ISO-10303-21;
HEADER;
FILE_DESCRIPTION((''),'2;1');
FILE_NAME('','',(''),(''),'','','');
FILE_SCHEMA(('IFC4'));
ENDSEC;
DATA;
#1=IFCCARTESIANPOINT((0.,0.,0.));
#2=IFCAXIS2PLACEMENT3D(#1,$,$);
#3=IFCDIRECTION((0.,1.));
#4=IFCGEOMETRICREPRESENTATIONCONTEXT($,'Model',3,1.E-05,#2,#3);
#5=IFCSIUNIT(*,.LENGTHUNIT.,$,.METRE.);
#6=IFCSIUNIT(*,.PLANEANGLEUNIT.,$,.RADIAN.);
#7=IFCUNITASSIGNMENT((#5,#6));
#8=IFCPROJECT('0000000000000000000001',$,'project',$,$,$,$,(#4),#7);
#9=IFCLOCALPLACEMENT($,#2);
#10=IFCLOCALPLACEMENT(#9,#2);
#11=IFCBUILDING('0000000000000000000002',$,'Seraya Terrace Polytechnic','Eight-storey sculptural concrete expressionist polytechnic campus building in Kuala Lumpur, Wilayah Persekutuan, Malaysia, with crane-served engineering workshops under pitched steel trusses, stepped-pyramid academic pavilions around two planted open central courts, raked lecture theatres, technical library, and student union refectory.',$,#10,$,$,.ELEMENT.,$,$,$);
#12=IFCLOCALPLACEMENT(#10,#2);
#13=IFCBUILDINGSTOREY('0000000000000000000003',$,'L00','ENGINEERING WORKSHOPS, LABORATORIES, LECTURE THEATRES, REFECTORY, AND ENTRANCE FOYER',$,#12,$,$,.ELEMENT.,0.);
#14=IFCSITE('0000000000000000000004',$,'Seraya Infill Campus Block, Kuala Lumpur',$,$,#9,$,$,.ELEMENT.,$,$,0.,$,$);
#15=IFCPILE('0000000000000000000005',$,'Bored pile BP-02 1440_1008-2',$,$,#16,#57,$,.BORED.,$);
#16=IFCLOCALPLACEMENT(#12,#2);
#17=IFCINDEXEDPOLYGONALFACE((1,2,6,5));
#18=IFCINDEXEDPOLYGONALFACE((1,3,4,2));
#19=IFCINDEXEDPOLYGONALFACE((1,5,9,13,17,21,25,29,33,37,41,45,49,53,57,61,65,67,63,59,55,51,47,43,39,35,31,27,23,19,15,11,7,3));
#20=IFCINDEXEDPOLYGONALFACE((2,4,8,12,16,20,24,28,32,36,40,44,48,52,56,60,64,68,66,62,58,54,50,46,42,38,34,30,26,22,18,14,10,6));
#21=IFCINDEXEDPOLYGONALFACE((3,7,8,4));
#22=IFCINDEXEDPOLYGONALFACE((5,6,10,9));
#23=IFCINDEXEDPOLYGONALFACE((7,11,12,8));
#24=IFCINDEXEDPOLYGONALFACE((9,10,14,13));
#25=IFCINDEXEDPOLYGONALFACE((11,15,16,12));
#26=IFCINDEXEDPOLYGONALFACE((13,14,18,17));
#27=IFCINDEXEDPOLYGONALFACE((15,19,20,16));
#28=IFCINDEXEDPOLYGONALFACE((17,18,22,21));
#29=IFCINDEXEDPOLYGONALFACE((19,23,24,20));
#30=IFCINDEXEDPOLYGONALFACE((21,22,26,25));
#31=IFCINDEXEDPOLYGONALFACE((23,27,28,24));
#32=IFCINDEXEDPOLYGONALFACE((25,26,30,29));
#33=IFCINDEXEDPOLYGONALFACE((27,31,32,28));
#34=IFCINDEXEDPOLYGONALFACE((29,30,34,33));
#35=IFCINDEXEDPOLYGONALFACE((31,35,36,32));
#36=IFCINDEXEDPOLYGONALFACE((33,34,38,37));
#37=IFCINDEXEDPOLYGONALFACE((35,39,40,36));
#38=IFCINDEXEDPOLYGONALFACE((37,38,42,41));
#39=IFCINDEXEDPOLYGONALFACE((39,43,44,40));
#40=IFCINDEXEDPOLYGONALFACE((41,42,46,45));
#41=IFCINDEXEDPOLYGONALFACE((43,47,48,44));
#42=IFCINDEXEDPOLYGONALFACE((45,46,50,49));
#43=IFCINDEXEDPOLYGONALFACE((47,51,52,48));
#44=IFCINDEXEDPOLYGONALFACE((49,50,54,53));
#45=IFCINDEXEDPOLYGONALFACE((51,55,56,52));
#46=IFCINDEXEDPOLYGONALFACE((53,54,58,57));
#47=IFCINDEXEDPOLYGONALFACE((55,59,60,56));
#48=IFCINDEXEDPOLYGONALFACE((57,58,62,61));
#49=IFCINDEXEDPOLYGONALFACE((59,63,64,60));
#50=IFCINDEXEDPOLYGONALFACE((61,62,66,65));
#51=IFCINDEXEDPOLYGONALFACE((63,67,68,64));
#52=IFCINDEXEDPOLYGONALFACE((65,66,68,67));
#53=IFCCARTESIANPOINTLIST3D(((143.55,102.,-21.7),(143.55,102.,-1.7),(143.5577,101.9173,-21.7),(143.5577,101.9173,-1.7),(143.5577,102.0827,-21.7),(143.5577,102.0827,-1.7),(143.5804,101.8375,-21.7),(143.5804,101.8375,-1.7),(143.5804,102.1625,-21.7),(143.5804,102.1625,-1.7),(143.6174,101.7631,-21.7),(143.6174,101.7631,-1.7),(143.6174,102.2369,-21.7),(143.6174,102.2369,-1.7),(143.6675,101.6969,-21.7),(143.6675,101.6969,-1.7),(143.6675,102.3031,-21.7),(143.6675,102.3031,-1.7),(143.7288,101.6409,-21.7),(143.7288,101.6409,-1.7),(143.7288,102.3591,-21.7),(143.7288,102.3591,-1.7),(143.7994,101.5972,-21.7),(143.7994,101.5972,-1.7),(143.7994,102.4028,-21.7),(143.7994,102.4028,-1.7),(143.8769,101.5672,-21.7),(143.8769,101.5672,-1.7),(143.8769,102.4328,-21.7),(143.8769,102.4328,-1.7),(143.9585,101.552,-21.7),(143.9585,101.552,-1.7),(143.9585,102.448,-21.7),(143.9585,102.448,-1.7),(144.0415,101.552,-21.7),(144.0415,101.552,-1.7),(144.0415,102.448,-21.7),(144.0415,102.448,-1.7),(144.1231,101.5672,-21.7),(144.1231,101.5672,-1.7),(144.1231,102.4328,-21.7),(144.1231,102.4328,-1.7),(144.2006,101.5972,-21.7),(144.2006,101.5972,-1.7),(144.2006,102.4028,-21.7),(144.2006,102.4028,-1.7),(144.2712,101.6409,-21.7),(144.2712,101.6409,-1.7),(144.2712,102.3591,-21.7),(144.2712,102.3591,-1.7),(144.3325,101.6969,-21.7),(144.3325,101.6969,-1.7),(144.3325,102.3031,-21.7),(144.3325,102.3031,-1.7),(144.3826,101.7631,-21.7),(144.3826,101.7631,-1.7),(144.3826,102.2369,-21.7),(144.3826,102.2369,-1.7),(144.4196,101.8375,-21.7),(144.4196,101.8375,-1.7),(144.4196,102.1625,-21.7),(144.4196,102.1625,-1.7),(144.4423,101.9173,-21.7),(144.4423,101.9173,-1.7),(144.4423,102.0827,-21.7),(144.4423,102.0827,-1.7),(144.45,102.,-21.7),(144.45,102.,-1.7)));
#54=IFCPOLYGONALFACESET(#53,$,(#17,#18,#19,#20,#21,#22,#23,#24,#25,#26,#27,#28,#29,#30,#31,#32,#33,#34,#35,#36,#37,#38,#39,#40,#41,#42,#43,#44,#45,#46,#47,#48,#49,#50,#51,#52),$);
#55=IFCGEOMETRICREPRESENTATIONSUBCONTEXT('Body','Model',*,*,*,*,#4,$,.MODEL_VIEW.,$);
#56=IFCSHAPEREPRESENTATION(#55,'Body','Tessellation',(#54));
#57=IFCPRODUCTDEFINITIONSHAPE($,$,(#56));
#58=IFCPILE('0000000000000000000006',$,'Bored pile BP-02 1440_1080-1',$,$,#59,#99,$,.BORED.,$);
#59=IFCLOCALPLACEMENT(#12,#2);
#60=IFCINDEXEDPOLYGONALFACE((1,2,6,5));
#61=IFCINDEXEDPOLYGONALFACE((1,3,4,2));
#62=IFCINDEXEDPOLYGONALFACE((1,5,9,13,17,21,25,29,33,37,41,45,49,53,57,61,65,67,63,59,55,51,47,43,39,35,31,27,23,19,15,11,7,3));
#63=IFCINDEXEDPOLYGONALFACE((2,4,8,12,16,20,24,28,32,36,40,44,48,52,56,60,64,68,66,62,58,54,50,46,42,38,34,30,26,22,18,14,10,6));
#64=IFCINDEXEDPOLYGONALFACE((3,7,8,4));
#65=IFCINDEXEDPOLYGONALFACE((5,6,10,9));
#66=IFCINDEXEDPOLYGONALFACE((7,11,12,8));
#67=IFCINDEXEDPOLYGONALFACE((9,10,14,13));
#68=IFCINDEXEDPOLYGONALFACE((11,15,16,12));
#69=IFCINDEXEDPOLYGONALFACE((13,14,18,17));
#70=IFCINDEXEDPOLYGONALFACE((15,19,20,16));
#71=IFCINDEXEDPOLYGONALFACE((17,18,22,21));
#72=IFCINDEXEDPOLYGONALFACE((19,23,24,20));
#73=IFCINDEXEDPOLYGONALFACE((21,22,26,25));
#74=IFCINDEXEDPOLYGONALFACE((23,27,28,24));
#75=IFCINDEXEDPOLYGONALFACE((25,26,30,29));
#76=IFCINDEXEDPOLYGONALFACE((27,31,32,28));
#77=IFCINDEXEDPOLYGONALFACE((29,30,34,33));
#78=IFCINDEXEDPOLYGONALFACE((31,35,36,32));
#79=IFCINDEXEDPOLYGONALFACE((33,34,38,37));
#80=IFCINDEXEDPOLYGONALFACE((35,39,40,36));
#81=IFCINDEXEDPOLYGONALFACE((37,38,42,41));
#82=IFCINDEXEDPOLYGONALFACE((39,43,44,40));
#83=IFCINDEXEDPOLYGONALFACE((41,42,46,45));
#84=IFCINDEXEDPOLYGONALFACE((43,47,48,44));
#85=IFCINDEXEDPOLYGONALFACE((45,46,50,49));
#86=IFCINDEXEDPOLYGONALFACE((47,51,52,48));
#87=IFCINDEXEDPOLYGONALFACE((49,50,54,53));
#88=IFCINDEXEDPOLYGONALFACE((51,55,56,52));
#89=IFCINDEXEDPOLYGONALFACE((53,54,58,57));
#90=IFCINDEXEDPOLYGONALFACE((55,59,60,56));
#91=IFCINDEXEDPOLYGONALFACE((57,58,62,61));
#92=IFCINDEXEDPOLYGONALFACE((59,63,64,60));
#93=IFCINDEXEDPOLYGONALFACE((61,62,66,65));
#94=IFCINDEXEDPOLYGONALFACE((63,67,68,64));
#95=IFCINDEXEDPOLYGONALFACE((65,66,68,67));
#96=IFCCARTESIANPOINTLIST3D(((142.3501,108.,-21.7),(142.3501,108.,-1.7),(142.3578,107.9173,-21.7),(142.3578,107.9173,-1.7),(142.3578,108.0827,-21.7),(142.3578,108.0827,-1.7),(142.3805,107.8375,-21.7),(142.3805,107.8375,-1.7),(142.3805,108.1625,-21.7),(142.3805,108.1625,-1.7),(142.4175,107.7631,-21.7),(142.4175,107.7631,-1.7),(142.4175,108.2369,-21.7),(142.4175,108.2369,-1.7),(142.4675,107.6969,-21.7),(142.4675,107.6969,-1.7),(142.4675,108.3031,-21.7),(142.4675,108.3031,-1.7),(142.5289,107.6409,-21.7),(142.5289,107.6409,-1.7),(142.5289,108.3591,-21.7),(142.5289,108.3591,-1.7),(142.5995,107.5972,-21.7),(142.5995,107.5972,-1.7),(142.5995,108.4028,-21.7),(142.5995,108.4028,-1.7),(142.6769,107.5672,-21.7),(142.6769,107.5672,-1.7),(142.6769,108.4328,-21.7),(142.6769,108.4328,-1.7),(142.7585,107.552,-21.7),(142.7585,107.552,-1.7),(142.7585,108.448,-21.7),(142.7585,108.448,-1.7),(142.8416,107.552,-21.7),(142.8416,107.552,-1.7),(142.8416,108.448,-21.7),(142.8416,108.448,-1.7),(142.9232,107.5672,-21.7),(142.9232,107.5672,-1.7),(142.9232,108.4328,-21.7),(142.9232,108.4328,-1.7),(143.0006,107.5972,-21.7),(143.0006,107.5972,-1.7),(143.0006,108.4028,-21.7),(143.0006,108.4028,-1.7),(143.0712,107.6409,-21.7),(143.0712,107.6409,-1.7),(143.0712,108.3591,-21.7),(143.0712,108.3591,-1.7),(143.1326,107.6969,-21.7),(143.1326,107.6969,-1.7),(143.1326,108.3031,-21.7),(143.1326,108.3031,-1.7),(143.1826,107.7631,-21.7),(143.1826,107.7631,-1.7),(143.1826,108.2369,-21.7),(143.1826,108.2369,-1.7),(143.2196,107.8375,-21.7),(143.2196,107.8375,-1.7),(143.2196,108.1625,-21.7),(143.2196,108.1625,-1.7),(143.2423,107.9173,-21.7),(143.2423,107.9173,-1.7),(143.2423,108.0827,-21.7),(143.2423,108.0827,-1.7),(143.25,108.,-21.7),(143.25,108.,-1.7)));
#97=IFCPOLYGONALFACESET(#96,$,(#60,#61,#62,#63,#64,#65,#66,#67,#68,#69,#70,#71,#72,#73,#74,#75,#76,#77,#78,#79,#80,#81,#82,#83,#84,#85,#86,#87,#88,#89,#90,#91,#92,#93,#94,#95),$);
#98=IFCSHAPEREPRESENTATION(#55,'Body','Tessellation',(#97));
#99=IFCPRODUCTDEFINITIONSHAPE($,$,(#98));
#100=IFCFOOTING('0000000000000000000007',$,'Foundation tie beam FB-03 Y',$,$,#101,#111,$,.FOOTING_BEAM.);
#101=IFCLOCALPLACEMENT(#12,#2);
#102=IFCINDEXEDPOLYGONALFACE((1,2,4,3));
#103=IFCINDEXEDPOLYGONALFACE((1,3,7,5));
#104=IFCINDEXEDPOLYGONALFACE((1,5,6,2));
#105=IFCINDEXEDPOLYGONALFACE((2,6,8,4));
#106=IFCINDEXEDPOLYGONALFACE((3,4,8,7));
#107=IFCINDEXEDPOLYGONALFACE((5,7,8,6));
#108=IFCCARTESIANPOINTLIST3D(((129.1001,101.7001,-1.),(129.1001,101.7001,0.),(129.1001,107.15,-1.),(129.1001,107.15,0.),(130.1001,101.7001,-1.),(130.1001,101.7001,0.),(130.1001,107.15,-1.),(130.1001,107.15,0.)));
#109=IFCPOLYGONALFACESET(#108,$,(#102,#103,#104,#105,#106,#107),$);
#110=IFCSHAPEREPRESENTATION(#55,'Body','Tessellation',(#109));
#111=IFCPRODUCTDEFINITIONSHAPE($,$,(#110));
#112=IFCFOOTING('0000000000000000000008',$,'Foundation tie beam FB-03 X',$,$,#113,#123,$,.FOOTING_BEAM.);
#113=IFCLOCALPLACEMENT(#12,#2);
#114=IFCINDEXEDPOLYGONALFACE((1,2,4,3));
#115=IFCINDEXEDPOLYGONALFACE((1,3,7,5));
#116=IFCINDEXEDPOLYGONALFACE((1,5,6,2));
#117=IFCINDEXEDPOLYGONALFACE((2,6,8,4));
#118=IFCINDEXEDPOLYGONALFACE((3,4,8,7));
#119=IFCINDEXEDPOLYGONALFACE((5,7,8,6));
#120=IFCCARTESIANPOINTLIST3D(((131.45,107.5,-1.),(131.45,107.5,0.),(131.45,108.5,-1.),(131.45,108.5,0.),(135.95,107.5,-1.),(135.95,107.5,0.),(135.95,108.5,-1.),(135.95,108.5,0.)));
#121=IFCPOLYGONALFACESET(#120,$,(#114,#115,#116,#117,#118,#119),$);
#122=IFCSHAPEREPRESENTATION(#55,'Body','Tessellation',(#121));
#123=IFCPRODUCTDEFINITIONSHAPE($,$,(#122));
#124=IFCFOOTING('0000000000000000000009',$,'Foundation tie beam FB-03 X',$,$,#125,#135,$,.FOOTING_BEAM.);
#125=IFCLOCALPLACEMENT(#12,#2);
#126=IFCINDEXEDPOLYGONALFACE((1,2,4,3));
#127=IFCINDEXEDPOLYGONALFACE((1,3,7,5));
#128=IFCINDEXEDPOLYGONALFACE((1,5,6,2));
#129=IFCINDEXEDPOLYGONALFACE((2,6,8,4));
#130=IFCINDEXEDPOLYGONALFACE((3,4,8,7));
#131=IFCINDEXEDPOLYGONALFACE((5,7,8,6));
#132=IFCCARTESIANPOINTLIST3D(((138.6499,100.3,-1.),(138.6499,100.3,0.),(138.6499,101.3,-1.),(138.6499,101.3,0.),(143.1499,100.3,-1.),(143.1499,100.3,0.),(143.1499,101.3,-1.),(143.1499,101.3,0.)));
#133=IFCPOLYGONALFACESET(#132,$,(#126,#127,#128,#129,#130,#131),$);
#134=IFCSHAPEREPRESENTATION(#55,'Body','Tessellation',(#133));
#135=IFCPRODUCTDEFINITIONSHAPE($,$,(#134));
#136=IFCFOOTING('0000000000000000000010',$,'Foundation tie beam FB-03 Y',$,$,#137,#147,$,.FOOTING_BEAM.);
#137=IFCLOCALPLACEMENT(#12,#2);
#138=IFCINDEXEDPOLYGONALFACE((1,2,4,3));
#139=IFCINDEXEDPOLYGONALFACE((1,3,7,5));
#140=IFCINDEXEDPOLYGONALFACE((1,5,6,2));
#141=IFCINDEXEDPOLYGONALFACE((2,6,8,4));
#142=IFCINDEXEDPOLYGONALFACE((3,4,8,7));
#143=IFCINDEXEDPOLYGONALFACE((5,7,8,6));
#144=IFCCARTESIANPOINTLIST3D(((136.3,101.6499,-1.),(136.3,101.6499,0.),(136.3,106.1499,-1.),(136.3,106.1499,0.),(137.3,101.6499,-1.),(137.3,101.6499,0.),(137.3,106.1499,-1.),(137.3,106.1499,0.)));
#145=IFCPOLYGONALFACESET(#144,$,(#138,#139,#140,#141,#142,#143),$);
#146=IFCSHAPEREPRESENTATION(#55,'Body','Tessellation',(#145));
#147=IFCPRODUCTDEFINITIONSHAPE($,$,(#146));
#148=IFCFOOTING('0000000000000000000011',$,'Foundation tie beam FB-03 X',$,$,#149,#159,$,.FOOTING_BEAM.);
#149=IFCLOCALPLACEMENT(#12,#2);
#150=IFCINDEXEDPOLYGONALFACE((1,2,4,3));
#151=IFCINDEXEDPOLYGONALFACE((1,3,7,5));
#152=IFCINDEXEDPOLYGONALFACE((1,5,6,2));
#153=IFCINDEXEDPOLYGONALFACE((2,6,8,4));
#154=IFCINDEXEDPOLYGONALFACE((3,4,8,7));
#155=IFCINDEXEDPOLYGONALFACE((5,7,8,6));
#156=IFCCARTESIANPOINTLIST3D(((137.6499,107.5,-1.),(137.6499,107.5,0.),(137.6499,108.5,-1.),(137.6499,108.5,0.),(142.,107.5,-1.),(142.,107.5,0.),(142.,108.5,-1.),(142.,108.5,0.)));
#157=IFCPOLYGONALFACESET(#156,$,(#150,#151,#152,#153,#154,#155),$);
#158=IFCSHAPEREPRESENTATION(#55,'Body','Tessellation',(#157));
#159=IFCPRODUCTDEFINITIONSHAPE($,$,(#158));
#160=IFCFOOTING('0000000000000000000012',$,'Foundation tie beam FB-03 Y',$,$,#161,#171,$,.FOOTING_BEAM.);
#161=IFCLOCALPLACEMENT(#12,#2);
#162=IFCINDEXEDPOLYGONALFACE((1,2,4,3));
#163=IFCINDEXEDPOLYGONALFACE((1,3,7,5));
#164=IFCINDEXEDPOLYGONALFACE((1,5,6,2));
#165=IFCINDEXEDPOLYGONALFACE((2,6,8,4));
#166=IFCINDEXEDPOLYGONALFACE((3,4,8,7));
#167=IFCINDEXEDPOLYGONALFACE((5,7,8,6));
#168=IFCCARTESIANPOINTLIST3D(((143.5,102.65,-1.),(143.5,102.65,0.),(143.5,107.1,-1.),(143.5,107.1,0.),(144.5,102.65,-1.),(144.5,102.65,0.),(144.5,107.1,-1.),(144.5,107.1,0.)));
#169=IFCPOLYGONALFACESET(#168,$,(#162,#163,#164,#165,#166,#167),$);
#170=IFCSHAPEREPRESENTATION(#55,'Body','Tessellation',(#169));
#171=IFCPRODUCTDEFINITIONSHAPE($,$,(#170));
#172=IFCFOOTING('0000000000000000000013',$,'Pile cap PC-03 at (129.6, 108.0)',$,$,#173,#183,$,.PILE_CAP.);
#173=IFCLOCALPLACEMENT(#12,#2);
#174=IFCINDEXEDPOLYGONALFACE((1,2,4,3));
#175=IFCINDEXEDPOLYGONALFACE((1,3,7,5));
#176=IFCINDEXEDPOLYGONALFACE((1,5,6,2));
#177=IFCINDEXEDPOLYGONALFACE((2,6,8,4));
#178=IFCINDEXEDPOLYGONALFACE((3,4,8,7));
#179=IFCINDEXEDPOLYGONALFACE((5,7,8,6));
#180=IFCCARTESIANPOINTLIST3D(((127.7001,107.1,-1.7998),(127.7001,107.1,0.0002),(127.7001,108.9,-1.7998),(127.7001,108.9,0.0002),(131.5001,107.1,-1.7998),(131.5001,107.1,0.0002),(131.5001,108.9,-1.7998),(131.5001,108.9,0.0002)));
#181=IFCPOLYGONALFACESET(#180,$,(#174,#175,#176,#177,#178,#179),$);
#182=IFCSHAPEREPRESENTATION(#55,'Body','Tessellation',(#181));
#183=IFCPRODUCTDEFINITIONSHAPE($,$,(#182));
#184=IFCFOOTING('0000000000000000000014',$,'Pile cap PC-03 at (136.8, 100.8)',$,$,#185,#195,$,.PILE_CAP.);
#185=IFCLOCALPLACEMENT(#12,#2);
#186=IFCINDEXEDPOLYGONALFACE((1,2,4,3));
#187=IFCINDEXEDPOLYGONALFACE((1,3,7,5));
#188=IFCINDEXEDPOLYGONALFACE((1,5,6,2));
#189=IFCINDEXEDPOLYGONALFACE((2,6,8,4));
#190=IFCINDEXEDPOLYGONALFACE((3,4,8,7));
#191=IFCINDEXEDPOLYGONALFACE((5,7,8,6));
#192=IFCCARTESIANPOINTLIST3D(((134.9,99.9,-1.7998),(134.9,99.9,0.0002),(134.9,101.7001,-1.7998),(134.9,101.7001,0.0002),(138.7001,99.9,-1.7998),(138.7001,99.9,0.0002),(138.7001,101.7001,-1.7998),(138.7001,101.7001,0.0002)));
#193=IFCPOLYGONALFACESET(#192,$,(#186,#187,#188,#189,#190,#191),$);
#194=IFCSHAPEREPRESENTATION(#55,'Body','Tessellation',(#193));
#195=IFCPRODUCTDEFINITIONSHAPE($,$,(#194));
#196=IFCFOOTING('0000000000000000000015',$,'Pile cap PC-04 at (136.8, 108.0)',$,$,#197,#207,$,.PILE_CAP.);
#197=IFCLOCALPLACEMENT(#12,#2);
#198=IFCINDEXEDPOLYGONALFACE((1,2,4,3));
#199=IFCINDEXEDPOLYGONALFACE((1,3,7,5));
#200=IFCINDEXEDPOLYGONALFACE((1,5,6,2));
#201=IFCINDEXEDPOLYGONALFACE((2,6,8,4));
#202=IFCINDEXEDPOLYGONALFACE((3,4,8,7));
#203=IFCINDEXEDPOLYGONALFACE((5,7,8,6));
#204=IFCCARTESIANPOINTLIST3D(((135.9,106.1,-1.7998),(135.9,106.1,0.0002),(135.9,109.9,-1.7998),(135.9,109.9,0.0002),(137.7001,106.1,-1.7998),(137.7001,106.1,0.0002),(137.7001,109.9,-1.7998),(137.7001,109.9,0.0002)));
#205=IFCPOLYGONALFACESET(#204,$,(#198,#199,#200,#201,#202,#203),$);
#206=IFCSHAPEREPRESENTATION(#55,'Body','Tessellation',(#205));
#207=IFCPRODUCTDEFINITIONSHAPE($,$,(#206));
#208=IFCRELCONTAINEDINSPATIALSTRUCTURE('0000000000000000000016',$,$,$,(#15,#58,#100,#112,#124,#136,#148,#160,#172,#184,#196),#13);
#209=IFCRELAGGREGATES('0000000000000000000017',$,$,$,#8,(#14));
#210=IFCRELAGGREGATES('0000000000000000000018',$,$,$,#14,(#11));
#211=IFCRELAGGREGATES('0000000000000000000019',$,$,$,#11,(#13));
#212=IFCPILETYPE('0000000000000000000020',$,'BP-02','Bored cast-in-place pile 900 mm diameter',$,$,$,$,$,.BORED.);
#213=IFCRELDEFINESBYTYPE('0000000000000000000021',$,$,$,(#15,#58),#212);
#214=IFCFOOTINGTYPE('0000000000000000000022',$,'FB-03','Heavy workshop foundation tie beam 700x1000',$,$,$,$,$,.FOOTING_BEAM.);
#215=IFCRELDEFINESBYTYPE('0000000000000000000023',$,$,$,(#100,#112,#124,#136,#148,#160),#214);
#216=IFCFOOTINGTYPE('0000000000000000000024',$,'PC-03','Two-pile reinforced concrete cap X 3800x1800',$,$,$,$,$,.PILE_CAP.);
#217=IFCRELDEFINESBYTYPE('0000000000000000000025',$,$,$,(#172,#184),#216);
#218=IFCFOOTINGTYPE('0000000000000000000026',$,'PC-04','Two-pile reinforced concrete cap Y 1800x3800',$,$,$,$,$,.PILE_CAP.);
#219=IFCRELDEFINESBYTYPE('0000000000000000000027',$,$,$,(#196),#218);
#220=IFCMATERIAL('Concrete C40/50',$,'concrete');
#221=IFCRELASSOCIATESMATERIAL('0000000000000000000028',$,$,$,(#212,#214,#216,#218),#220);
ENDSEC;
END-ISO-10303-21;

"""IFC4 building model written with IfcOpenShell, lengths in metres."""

from ifc_helpers import new_model, si_unit, direction, frame, origin, origin_2d, place, context, subcontext, project, spatial, rectangle, circle, extrude, material, material_profile, profile_set, type_object, element, save


model = new_model("IFC4")

# Units and contexts
model_context = context("Model", 3, precision=1e-05, world=origin(), true_north=direction((0.0, 1.0)))
body_context = subcontext(model_context, "Body", "Model", "MODEL_VIEW")
ifc_project = project(units=[si_unit("LENGTHUNIT", "METRE"), si_unit("PLANEANGLEUNIT", "RADIAN")], contexts=[model_context])

# Site, building, storey
site_placement = place(None, origin())
site = spatial("IfcSite", under=ifc_project, at=site_placement, Name="Seraya Infill Campus Block, Kuala Lumpur", CompositionType="ELEMENT", RefElevation=0.0)
building_placement = place(site_placement, origin())
building = spatial("IfcBuilding", under=site, at=building_placement, Name="Seraya Terrace Polytechnic", Description="Eight-storey sculptural concrete expressionist polytechnic campus building in Kuala Lumpur, Wilayah Persekutuan, Malaysia, with crane-served engineering workshops under pitched steel trusses, stepped-pyramid academic pavilions around two planted open central courts, raked lecture theatres, technical library, and student union refectory.", CompositionType="ELEMENT")
storey_placement = place(building_placement, origin())
storey = spatial("IfcBuildingStorey", under=building, at=storey_placement, Name="L00", Description="ENGINEERING WORKSHOPS, LABORATORIES, LECTURE THEATRES, REFECTORY, AND ENTRANCE FOYER", CompositionType="ELEMENT", Elevation=0.0)

# Piles
ifc_material_1 = material(Name="Concrete C40/50", Category="concrete")
ifc_material_profile_1 = material_profile(ifc_material_1, circle(Radius=0.45, at=origin_2d()), Name="DIA 900")
ifc_profile_set_1 = profile_set([ifc_material_profile_1], Name="Concrete C40/50")
pile_type = type_object("IfcPileType", Name="BP-02", Description="Bored cast-in-place pile 900 mm diameter", PredefinedType="BORED", material=ifc_profile_set_1)
for number, where, z_axis, x_axis, name in (
    (1, (144.0, 102.0, -1.7), (0.0, 0.0, -1.0), (1.0, 0.0, 0.0), "Bored pile BP-02 1440_1008-2"),
    (2, (142.8, 108.0, -1.7), (0.0, 0.0, -1.0), (1.0, 0.0, 0.0), "Bored pile BP-02 1440_1080-1"),
):
    element("IfcPile", number, at=place(storey_placement, frame(where, z_axis=z_axis, x_axis=x_axis)), inside=storey, type_object=pile_type, Name=name, PredefinedType="BORED", context=body_context, shape_type="SweptSolid", body=[
        extrude(circle(Radius=0.45, at=origin_2d()), origin(), (0.0, 0.0, 1.0), 20.0),
    ])

# Footings
footing_type_1 = type_object("IfcFootingType", Name="FB-03", Description="Heavy workshop foundation tie beam 700x1000", PredefinedType="FOOTING_BEAM", material=ifc_material_1)
footing_1_placement = place(storey_placement, frame((129.6001, 104.425, -1.0), z_axis=(0.0, 0.0, 1.0), x_axis=(0.0, 1.0, 0.0)))
element("IfcFooting", 3, at=footing_1_placement, inside=storey, type_object=footing_type_1, Name="Foundation tie beam FB-03 Y", PredefinedType="FOOTING_BEAM", context=body_context, shape_type="SweptSolid", body=[
    extrude(rectangle(XDim=5.45, YDim=1.0, at=origin_2d()), origin(), (0.0, 0.0, 1.0), 1.0),
])
for number, where, z_axis, x_axis, name in (
    (4, (133.7, 108.0, -1.0), (0.0, 0.0, 1.0), (1.0, 0.0, 0.0), "Foundation tie beam FB-03 X"),
    (5, (140.8999, 100.8, -1.0), (0.0, 0.0, 1.0), (1.0, 0.0, 0.0), "Foundation tie beam FB-03 X"),
    (6, (136.8, 103.8999, -1.0), (0.0, 0.0, 1.0), (0.0, 1.0, 0.0), "Foundation tie beam FB-03 Y"),
):
    element("IfcFooting", number, at=place(storey_placement, frame(where, z_axis=z_axis, x_axis=x_axis)), inside=storey, type_object=footing_type_1, Name=name, PredefinedType="FOOTING_BEAM", context=body_context, shape_type="SweptSolid", body=[
        extrude(rectangle(XDim=4.5, YDim=1.0, at=origin_2d()), origin(), (0.0, 0.0, 1.0), 1.0),
    ])
footing_2_placement = place(storey_placement, frame((139.825, 108.0, -1.0), z_axis=(0.0, 0.0, 1.0), x_axis=(1.0, 0.0, 0.0)))
element("IfcFooting", 7, at=footing_2_placement, inside=storey, type_object=footing_type_1, Name="Foundation tie beam FB-03 X", PredefinedType="FOOTING_BEAM", context=body_context, shape_type="SweptSolid", body=[
    extrude(rectangle(XDim=4.3501, YDim=1.0, at=origin_2d()), origin(), (0.0, 0.0, 1.0), 1.0),
])
footing_3_placement = place(storey_placement, frame((144.0, 104.875, -1.0), z_axis=(0.0, 0.0, 1.0), x_axis=(0.0, 1.0, 0.0)))
element("IfcFooting", 8, at=footing_3_placement, inside=storey, type_object=footing_type_1, Name="Foundation tie beam FB-03 Y", PredefinedType="FOOTING_BEAM", context=body_context, shape_type="SweptSolid", body=[
    extrude(rectangle(XDim=4.45, YDim=1.0, at=origin_2d()), origin(), (0.0, 0.0, 1.0), 1.0),
])
footing_type_2 = type_object("IfcFootingType", Name="PC-03", Description="Two-pile reinforced concrete cap X 3800x1800", PredefinedType="PILE_CAP", material=ifc_material_1)
for number, where, z_axis, x_axis, name in (
    (9, (129.6001, 108.0, -1.7998), (0.0, 0.0, 1.0), (1.0, 0.0, 0.0), "Pile cap PC-03 at (129.6, 108.0)"),
    (10, (136.8, 100.8, -1.7998), (0.0, 0.0, 1.0), (1.0, 0.0, 0.0), "Pile cap PC-03 at (136.8, 100.8)"),
):
    element("IfcFooting", number, at=place(storey_placement, frame(where, z_axis=z_axis, x_axis=x_axis)), inside=storey, type_object=footing_type_2, Name=name, PredefinedType="PILE_CAP", context=body_context, shape_type="SweptSolid", body=[
        extrude(rectangle(XDim=3.8, YDim=1.8, at=origin_2d()), origin(), (0.0, 0.0, 1.0), 1.8),
    ])
footing_type_3 = type_object("IfcFootingType", Name="PC-04", Description="Two-pile reinforced concrete cap Y 1800x3800", PredefinedType="PILE_CAP", material=ifc_material_1)
for number, where, z_axis, x_axis, name in (
    (11, (136.8, 108.0, -1.7998), (0.0, 0.0, 1.0), (1.0, 0.0, 0.0), "Pile cap PC-04 at (136.8, 108.0)"),
):
    element("IfcFooting", number, at=place(storey_placement, frame(where, z_axis=z_axis, x_axis=x_axis)), inside=storey, type_object=footing_type_3, Name=name, PredefinedType="PILE_CAP", context=body_context, shape_type="SweptSolid", body=[
        extrude(rectangle(XDim=1.8, YDim=3.8, at=origin_2d()), origin(), (0.0, 0.0, 1.0), 1.8),
    ])

save(model, "model.ifc")
